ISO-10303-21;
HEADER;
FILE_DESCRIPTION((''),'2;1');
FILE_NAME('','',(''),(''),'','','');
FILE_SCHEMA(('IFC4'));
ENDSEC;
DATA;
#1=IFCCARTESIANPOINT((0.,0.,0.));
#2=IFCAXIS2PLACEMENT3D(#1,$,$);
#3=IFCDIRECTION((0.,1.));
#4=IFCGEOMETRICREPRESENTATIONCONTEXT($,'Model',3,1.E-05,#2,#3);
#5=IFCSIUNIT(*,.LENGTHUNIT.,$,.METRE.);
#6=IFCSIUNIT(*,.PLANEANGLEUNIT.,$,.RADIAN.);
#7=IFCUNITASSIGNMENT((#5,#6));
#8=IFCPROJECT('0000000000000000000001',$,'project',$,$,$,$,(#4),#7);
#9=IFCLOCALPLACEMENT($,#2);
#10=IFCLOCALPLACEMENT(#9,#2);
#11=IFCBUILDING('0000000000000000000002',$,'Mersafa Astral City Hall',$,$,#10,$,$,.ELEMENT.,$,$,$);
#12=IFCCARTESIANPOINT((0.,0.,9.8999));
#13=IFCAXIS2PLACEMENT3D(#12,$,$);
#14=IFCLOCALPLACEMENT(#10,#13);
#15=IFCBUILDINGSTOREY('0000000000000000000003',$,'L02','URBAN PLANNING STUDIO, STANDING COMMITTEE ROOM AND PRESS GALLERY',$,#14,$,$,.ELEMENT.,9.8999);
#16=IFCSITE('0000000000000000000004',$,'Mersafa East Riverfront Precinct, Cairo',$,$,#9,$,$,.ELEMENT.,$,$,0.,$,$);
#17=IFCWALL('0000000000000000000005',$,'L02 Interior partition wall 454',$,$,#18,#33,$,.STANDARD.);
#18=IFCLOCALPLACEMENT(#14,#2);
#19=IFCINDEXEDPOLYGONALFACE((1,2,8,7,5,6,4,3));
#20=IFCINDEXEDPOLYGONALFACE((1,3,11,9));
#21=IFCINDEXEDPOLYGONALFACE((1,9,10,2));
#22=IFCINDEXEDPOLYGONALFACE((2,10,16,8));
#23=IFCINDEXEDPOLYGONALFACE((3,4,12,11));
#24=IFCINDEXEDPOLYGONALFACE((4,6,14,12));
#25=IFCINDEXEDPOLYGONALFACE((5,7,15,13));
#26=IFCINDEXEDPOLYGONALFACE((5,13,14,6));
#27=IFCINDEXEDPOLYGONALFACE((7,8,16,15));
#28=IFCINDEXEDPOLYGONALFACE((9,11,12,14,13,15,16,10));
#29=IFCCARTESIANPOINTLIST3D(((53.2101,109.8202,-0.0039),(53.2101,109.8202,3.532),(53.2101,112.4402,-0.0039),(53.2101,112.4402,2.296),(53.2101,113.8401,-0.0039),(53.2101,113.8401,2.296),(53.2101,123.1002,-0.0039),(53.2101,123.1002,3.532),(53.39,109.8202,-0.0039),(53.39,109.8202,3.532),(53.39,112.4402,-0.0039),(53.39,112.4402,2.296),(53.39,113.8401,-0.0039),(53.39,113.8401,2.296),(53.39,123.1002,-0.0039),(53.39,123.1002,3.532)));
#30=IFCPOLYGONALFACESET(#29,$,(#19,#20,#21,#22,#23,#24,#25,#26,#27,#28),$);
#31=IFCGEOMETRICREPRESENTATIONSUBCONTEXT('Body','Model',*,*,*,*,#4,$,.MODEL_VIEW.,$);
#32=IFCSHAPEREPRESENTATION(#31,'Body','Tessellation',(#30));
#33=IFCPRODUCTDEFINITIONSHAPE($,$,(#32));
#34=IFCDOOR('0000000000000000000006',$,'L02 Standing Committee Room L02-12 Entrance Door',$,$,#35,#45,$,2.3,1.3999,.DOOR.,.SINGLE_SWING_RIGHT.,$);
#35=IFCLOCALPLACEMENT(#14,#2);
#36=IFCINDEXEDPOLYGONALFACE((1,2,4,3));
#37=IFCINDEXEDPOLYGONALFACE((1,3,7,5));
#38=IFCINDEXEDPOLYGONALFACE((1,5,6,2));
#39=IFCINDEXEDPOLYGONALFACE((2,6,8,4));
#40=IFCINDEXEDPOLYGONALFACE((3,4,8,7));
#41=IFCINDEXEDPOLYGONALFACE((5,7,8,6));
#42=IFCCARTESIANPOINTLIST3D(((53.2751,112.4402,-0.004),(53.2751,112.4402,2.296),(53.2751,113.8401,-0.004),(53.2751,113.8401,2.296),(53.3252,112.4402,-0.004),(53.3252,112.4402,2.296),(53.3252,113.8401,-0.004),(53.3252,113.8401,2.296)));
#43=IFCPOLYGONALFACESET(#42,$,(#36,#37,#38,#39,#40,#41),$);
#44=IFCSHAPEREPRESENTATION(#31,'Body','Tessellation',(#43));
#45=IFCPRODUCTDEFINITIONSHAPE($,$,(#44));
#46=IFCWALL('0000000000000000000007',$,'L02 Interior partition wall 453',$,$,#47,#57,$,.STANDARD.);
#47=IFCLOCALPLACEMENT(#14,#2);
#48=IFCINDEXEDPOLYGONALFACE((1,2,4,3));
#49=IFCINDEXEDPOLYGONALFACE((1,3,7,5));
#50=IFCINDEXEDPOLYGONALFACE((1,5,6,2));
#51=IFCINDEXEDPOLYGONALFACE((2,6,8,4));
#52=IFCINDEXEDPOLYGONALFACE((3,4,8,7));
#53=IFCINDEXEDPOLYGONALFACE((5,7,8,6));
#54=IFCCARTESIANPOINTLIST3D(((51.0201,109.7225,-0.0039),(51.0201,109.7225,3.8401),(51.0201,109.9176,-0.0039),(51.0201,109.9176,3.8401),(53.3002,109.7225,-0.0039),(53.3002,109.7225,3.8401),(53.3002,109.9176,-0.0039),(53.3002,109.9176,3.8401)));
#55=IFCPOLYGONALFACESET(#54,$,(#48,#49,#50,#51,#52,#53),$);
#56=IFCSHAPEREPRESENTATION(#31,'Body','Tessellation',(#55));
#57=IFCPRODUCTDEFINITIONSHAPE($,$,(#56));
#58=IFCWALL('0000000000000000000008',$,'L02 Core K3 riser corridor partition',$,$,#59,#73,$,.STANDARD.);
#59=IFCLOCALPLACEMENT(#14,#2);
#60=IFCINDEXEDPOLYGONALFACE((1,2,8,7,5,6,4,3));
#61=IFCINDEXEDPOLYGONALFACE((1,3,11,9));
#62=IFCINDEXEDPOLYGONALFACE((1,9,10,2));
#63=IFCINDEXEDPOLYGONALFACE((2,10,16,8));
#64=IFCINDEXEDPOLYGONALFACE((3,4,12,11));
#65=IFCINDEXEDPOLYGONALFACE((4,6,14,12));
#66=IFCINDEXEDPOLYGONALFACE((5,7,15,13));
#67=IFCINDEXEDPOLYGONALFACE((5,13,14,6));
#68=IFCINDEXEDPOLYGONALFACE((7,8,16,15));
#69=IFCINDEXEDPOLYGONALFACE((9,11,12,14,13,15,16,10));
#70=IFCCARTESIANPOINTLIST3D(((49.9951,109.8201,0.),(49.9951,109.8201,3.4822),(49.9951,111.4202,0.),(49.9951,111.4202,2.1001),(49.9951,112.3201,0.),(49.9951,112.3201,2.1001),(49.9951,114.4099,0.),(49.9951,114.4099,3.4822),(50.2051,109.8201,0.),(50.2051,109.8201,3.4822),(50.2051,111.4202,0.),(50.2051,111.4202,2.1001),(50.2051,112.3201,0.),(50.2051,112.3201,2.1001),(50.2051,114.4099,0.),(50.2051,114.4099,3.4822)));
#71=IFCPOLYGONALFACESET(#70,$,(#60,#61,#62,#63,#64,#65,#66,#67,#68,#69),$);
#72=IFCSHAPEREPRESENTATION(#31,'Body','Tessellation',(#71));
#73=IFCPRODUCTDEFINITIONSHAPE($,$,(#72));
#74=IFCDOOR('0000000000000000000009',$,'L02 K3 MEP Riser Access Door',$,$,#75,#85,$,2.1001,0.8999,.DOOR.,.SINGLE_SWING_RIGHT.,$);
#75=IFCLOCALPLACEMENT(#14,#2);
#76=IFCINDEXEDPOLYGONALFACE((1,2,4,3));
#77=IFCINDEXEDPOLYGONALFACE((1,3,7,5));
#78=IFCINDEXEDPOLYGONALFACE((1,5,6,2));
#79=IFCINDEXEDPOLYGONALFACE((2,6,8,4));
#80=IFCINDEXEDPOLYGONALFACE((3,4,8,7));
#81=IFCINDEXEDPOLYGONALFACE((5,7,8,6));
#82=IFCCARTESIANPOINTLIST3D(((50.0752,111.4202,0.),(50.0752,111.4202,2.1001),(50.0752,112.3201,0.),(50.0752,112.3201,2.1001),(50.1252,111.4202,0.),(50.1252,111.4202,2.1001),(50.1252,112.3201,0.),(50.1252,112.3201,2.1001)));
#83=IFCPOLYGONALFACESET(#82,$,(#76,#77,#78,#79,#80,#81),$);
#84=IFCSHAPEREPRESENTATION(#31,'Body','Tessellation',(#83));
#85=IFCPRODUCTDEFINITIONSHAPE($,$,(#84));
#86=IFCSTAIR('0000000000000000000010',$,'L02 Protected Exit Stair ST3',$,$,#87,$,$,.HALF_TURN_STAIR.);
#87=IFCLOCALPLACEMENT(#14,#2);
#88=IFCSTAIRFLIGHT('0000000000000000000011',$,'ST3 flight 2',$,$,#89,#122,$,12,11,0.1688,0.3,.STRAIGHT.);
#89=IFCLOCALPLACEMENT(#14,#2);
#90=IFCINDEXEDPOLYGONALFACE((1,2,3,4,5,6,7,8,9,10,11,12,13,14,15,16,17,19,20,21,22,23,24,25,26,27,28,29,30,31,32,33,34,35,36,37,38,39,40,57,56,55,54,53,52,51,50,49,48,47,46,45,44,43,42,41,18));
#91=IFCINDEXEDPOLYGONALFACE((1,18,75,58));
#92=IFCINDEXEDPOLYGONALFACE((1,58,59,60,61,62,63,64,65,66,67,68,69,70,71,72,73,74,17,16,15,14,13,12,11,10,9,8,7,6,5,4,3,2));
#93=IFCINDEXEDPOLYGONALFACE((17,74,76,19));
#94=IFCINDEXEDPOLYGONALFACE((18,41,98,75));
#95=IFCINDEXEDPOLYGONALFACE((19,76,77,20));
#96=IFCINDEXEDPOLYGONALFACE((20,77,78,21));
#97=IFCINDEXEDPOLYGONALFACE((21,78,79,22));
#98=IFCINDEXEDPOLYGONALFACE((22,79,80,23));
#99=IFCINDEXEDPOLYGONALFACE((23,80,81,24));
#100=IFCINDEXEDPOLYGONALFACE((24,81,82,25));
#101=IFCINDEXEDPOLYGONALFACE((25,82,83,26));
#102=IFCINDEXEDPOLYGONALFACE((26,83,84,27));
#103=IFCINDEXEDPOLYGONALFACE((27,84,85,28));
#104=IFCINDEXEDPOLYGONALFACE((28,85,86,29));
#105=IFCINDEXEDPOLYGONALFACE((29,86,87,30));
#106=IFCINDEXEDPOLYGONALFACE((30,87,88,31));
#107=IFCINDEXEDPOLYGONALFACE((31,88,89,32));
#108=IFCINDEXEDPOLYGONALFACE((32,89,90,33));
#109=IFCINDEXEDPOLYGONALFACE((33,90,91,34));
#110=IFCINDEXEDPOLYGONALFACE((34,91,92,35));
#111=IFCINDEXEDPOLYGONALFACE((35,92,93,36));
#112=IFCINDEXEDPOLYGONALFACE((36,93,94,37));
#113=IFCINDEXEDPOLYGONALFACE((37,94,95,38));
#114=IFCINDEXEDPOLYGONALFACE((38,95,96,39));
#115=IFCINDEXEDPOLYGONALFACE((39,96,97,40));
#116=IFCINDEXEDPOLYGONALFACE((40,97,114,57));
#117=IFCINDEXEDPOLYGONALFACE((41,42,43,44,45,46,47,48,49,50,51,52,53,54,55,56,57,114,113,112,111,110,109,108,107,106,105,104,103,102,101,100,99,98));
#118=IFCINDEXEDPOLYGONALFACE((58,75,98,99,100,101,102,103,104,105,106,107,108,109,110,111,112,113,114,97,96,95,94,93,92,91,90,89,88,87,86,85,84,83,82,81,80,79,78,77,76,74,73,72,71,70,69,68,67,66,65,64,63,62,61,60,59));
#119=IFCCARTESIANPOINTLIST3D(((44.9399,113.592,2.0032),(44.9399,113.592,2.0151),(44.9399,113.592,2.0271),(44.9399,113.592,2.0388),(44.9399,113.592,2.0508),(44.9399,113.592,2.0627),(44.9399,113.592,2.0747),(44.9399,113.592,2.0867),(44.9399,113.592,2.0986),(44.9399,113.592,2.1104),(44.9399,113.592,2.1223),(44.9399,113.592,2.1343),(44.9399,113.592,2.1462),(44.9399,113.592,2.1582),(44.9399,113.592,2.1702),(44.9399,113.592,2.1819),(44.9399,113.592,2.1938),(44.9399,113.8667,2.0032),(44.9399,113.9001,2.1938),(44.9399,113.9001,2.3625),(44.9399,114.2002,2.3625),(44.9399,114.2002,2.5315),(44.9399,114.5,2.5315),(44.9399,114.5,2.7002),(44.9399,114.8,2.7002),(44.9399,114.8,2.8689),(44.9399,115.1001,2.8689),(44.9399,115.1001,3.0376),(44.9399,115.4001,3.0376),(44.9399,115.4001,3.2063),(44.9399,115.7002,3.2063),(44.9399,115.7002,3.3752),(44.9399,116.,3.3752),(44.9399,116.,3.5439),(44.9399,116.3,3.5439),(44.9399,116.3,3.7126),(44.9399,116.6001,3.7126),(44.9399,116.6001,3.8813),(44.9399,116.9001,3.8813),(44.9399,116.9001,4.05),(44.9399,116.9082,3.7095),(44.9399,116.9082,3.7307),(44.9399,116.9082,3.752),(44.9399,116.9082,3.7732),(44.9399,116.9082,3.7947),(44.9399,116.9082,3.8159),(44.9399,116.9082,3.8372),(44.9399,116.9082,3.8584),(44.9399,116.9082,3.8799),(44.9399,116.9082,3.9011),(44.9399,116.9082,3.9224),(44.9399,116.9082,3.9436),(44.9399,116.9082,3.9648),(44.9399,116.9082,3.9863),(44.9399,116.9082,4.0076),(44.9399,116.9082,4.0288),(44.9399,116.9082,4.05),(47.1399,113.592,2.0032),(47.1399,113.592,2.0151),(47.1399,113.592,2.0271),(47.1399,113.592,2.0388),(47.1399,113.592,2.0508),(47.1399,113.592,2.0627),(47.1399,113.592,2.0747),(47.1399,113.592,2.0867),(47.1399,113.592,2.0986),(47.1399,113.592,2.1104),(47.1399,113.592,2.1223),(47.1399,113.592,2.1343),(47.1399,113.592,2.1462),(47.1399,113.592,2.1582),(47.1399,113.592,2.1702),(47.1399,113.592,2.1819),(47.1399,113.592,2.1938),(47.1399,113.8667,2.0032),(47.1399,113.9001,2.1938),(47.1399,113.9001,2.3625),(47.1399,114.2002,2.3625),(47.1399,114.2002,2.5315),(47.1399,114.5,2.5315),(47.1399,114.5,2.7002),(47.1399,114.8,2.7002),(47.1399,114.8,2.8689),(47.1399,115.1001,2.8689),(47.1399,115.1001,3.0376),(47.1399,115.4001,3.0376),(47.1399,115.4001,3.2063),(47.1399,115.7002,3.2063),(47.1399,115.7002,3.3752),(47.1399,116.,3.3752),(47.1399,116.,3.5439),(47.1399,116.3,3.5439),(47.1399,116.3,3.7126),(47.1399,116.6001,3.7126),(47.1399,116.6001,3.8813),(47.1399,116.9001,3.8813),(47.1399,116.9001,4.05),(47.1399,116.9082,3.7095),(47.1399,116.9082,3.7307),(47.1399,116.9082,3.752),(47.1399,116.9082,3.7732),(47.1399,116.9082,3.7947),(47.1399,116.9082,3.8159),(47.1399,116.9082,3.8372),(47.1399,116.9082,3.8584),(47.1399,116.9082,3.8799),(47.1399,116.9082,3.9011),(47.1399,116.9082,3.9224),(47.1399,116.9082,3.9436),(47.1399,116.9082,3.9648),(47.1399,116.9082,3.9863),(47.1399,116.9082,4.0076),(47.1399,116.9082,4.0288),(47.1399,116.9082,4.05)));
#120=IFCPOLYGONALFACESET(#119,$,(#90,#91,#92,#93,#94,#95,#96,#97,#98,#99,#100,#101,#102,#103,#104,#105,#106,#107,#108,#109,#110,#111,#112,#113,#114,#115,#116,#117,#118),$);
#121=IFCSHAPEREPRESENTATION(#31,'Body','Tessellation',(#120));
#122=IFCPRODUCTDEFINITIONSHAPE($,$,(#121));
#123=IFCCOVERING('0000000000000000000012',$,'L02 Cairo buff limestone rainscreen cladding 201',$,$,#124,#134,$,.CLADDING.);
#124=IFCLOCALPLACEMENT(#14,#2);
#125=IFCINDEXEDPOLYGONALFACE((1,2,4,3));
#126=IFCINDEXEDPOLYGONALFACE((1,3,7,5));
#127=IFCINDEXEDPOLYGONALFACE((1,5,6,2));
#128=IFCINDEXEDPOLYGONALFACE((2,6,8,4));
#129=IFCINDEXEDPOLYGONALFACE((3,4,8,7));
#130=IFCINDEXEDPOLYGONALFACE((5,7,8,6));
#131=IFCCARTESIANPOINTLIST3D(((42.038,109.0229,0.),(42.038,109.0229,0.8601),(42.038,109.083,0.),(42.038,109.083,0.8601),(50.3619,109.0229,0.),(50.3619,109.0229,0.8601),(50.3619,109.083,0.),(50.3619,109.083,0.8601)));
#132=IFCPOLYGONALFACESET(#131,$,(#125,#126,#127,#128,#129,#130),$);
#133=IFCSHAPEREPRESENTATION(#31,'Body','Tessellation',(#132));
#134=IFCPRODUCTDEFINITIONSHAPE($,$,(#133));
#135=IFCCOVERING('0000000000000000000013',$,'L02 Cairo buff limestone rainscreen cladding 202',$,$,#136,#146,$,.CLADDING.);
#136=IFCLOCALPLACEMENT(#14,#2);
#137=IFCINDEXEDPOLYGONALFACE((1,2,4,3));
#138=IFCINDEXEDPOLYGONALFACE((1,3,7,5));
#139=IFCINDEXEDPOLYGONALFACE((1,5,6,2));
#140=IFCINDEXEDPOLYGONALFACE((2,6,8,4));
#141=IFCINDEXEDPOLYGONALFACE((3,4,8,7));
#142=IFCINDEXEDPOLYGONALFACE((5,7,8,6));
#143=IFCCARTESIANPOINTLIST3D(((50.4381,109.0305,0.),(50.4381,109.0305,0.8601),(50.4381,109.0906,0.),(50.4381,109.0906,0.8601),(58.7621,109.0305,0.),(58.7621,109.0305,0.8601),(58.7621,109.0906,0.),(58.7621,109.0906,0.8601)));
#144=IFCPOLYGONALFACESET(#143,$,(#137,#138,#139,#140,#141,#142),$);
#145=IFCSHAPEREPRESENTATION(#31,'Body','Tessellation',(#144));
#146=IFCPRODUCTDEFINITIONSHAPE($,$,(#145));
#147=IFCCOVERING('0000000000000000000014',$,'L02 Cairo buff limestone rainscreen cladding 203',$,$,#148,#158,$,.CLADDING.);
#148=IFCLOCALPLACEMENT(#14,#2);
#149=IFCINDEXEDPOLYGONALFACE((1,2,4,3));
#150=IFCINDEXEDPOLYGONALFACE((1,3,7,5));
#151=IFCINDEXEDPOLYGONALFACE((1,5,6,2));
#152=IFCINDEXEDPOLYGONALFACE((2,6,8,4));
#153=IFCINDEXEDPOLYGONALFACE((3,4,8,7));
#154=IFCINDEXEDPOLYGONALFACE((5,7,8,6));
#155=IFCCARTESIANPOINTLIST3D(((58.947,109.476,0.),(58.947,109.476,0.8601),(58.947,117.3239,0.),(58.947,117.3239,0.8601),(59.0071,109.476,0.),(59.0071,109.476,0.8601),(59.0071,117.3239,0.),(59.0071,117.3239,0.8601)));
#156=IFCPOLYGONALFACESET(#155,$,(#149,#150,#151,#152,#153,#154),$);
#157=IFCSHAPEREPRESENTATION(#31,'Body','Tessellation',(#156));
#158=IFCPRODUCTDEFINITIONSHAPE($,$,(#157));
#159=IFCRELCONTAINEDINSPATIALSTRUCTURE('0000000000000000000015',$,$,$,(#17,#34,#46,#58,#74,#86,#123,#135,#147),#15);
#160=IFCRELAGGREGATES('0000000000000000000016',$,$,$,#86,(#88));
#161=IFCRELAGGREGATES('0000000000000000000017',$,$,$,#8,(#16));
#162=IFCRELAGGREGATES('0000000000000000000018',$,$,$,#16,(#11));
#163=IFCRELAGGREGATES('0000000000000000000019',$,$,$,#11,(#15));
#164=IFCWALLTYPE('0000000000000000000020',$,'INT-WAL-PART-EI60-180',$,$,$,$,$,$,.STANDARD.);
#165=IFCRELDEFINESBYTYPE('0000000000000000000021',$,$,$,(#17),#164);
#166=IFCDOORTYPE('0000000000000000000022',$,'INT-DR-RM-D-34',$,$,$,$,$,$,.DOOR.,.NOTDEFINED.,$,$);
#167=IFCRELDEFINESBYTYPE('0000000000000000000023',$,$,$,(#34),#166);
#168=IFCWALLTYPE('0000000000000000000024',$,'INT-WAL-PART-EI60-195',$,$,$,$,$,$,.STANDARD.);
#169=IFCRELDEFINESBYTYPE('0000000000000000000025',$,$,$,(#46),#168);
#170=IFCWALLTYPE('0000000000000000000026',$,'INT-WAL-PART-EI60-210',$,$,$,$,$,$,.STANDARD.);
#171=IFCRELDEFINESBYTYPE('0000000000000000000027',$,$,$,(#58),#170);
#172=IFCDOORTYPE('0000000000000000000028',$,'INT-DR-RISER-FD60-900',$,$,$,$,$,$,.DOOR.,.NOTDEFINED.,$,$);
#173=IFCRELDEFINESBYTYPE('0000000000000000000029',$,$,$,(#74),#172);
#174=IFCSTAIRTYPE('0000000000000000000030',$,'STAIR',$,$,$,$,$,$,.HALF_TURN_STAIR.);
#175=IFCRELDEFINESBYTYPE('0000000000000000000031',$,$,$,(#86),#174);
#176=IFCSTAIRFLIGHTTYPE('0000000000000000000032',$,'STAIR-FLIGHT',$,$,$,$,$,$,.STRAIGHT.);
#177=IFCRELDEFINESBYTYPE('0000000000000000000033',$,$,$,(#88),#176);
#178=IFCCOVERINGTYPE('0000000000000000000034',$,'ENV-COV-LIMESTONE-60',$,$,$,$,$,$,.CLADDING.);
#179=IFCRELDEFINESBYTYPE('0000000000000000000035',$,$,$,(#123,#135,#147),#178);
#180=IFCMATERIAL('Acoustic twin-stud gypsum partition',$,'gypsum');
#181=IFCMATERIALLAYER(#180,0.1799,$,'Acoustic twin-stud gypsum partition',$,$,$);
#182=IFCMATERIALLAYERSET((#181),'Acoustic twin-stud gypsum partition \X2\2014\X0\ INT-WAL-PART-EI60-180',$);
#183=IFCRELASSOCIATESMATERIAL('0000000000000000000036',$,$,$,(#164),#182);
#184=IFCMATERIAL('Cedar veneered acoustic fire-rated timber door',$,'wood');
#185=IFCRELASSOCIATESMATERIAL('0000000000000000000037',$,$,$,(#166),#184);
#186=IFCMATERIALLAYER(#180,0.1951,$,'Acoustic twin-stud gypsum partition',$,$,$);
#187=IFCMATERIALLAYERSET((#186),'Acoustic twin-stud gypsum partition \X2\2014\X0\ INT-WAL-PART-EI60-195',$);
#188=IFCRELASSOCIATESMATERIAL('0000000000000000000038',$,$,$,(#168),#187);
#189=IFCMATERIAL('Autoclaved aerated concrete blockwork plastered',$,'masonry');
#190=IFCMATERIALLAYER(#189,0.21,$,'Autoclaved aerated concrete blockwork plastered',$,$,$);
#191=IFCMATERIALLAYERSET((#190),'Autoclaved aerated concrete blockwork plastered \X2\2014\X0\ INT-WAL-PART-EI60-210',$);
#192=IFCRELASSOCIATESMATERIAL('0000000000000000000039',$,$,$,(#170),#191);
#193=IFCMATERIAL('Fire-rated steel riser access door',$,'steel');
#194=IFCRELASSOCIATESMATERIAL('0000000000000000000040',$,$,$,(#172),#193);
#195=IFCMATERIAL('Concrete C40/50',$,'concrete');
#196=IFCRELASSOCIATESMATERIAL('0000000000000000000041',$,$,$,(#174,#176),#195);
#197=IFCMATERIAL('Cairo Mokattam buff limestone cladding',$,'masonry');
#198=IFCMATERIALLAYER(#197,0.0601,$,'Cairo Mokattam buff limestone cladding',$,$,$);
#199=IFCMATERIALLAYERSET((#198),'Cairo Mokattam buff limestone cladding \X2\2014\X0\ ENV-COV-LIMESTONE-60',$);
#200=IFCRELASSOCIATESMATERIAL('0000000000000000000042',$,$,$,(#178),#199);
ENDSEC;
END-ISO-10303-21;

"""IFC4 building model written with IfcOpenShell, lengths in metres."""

from ifc_helpers import new_model, si_unit, direction, frame, frame_2d, origin, origin_2d, place, context, subcontext, project, spatial, polyline, rectangle, outline, extrude, material, layer, layer_set, type_object, element, fill, aggregate, save


model = new_model("IFC4")

# Units and contexts
model_context = context("Model", 3, precision=1e-05, world=origin(), true_north=direction((0.0, 1.0)))
body_context = subcontext(model_context, "Body", "Model", "MODEL_VIEW")
ifc_project = project(units=[si_unit("LENGTHUNIT", "METRE"), si_unit("PLANEANGLEUNIT", "RADIAN")], contexts=[model_context])

# Site, building, storey
site_placement = place(None, origin())
site = spatial("IfcSite", under=ifc_project, at=site_placement, Name="Mersafa East Riverfront Precinct, Cairo", CompositionType="ELEMENT", RefElevation=0.0)
building_placement = place(site_placement, origin())
building = spatial("IfcBuilding", under=site, at=building_placement, Name="Mersafa Astral City Hall", CompositionType="ELEMENT")
storey_placement = place(building_placement, frame((0.0, 0.0, 9.8999)))
storey = spatial("IfcBuildingStorey", under=building, at=storey_placement, Name="L02", Description="URBAN PLANNING STUDIO, STANDING COMMITTEE ROOM AND PRESS GALLERY", CompositionType="ELEMENT", Elevation=9.8999)

# Shared definitions
ifc_material_1 = material(Name="Concrete C40/50", Category="concrete")

# Wall, opening, door
ifc_material_2 = material(Name="Acoustic twin-stud gypsum partition", Category="gypsum")
ifc_layer_1 = layer(ifc_material_2, 0.1799, Name="Acoustic twin-stud gypsum partition")
ifc_layer_set_1 = layer_set([ifc_layer_1], Name="Acoustic twin-stud gypsum partition — INT-WAL-PART-EI60-180")
wall_type_1 = type_object("IfcWallType", Name="INT-WAL-PART-EI60-180", PredefinedType="STANDARD", material=ifc_layer_set_1)
wall_1_placement = place(storey_placement, frame((53.3, 109.8201, -0.0039), z_axis=(0.0, 0.0, 1.0), x_axis=(0.0, 1.0, 0.0)))
wall_1 = element("IfcWall", 1, at=wall_1_placement, inside=storey, type_object=wall_type_1, Name="L02 Interior partition wall 454", PredefinedType="STANDARD", context=body_context, shape_type="SweptSolid", body=[
    extrude(rectangle(XDim=13.28, YDim=0.1799, at=frame_2d((6.6401, 0.0))), origin(), (0.0, 0.0, 1.0), 3.5359),
])
opening_1_placement = place(wall_1_placement, frame((2.6201, 0.0, 0.0)))
opening_1 = element("IfcOpeningElement", 2, at=opening_1_placement, cuts=wall_1, PredefinedType="OPENING", context=body_context, shape_type="SweptSolid", body=[
    extrude(rectangle(XDim=1.3999, YDim=2.3, at=frame_2d((0.7, 1.1499))), frame((0.0, 0.0999, 0.0), z_axis=(0.0, -1.0, 0.0), x_axis=(1.0, 0.0, 0.0)), (0.0, 0.0, 1.0), 0.2),
])
ifc_material_3 = material(Name="Cedar veneered acoustic fire-rated timber door", Category="wood")
door_type_1 = type_object("IfcDoorType", Name="INT-DR-RM-D-34", OperationType="NOTDEFINED", PredefinedType="DOOR", material=ifc_material_3)
door_1_placement = place(opening_1_placement, origin())
door_1 = element("IfcDoor", 3, at=door_1_placement, inside=storey, type_object=door_type_1, Name="L02 Standing Committee Room L02-12 Entrance Door", OperationType="SINGLE_SWING_RIGHT", OverallHeight=2.3, OverallWidth=1.3999, PredefinedType="DOOR", context=body_context, shape_type="SweptSolid", body=[
    extrude(rectangle(XDim=1.3999, YDim=2.3, at=frame_2d((0.7, 1.1499))), frame((0.0, 0.0249, 0.0), z_axis=(0.0, -1.0, 0.0), x_axis=(1.0, 0.0, 0.0)), (0.0, 0.0, 1.0), 0.05),
])
fill(opening_1, door_1)

# Wall
ifc_layer_2 = layer(ifc_material_2, 0.1951, Name="Acoustic twin-stud gypsum partition")
ifc_layer_set_2 = layer_set([ifc_layer_2], Name="Acoustic twin-stud gypsum partition — INT-WAL-PART-EI60-195")
wall_type_2 = type_object("IfcWallType", Name="INT-WAL-PART-EI60-195", PredefinedType="STANDARD", material=ifc_layer_set_2)
wall_2_placement = place(storey_placement, frame((51.02, 109.8201, -0.0039), z_axis=(0.0, 0.0, 1.0), x_axis=(1.0, 0.0, 0.0)))
element("IfcWall", 4, at=wall_2_placement, inside=storey, type_object=wall_type_2, Name="L02 Interior partition wall 453", PredefinedType="STANDARD", context=body_context, shape_type="SweptSolid", body=[
    extrude(rectangle(XDim=2.28, YDim=0.1951, at=frame_2d((1.1401, 0.0))), origin(), (0.0, 0.0, 1.0), 3.844),
])

# Wall, opening, door
ifc_material_4 = material(Name="Autoclaved aerated concrete blockwork plastered", Category="masonry")
ifc_layer_3 = layer(ifc_material_4, 0.21, Name="Autoclaved aerated concrete blockwork plastered")
ifc_layer_set_3 = layer_set([ifc_layer_3], Name="Autoclaved aerated concrete blockwork plastered — INT-WAL-PART-EI60-210")
wall_type_3 = type_object("IfcWallType", Name="INT-WAL-PART-EI60-210", PredefinedType="STANDARD", material=ifc_layer_set_3)
wall_3_placement = place(storey_placement, frame((50.1001, 109.8201, 0.0), z_axis=(0.0, 0.0, 1.0), x_axis=(0.0, 1.0, 0.0)))
wall_3 = element("IfcWall", 5, at=wall_3_placement, inside=storey, type_object=wall_type_3, Name="L02 Core K3 riser corridor partition", PredefinedType="STANDARD", context=body_context, shape_type="SweptSolid", body=[
    extrude(rectangle(XDim=4.5898, YDim=0.21, at=frame_2d((2.2949, 0.0))), origin(), (0.0, 0.0, 1.0), 3.4822),
])
opening_2_placement = place(wall_3_placement, frame((1.6001, 0.0, 0.0)))
opening_2 = element("IfcOpeningElement", 6, at=opening_2_placement, cuts=wall_3, PredefinedType="OPENING", context=body_context, shape_type="SweptSolid", body=[
    extrude(rectangle(XDim=0.8999, YDim=2.1001, at=frame_2d((0.45, 1.05))), frame((0.0, 0.115, 0.0), z_axis=(0.0, -1.0, 0.0), x_axis=(1.0, 0.0, 0.0)), (0.0, 0.0, 1.0), 0.23),
])
ifc_material_5 = material(Name="Fire-rated steel riser access door", Category="steel")
door_type_2 = type_object("IfcDoorType", Name="INT-DR-RISER-FD60-900", OperationType="NOTDEFINED", PredefinedType="DOOR", material=ifc_material_5)
door_2_placement = place(opening_2_placement, origin())
door_2 = element("IfcDoor", 7, at=door_2_placement, inside=storey, type_object=door_type_2, Name="L02 K3 MEP Riser Access Door", OperationType="SINGLE_SWING_RIGHT", OverallHeight=2.1001, OverallWidth=0.8999, PredefinedType="DOOR", context=body_context, shape_type="SweptSolid", body=[
    extrude(rectangle(XDim=0.8999, YDim=2.1001, at=frame_2d((0.45, 1.05))), frame((0.0, 0.0249, 0.0), z_axis=(0.0, -1.0, 0.0), x_axis=(1.0, 0.0, 0.0)), (0.0, 0.0, 1.0), 0.05),
])
fill(opening_2, door_2)

# Stair, stair flight
stair_type = type_object("IfcStairType", Name="STAIR", PredefinedType="HALF_TURN_STAIR", material=ifc_material_1)
stair_placement = place(storey_placement, origin())
stair = element("IfcStair", 8, at=stair_placement, inside=storey, type_object=stair_type, Name="L02 Protected Exit Stair ST3", PredefinedType="HALF_TURN_STAIR")
stair_flight_type = type_object("IfcStairFlightType", Name="STAIR-FLIGHT", PredefinedType="STRAIGHT", material=ifc_material_1)
stair_flight_placement = place(storey_placement, frame((46.04, 113.6001, 2.0251), z_axis=(0.0, 0.0, 1.0), x_axis=(0.0, 1.0, 0.0)))
stair_flight = element("IfcStairFlight", 9, at=stair_flight_placement, type_object=stair_flight_type, Name="ST3 flight 2", NumberOfRisers=12, NumberOfTreads=11, PredefinedType="STRAIGHT", RiserHeight=0.1688, TreadLength=0.3, context=body_context, shape_type="SweptSolid", body=[
    extrude(outline(polyline([(-0.0081, -0.022), (-0.0081, -0.01), (-0.0081, 0.002), (-0.0081, 0.0137), (-0.0081, 0.0256), (-0.0081, 0.0376), (-0.0081, 0.0496), (-0.0081, 0.0615), (-0.0081, 0.0735), (-0.0081, 0.0852), (-0.0081, 0.0972), (-0.0081, 0.1091), (-0.0081, 0.1211), (-0.0081, 0.1331), (-0.0081, 0.145), (-0.0081, 0.1567), (-0.0081, 0.1687), (0.3, 0.1687), (0.3, 0.3374), (0.6001, 0.3374), (0.6001, 0.5063), (0.8999, 0.5063), (0.8999, 0.675), (1.2, 0.675), (1.2, 0.8438), (1.5, 0.8438), (1.5, 1.0125), (1.8, 1.0125), (1.8, 1.1812), (2.1001, 1.1812), (2.1001, 1.3501), (2.3999, 1.3501), (2.3999, 1.5188), (2.7, 1.5188), (2.7, 1.6875), (3.0, 1.6875), (3.0, 1.8562), (3.3, 1.8562), (3.3, 2.0249), (3.3081, 2.0249), (3.3081, 2.0037), (3.3081, 1.9824), (3.3081, 1.9612), (3.3081, 1.9397), (3.3081, 1.9185), (3.3081, 1.8972), (3.3081, 1.876), (3.3081, 1.8547), (3.3081, 1.8333), (3.3081, 1.812), (3.3081, 1.7908), (3.3081, 1.7695), (3.3081, 1.748), (3.3081, 1.7268), (3.3081, 1.7056), (3.3081, 1.6843), (0.2666, -0.022), (-0.0081, -0.022)])), frame((0.0, 1.1001, 0.0), z_axis=(0.0, -1.0, 0.0), x_axis=(1.0, 0.0, 0.0)), (0.0, 0.0, 1.0), 2.2),
])
aggregate(stair, [stair_flight])

# Coverings
ifc_material_6 = material(Name="Cairo Mokattam buff limestone cladding", Category="masonry")
ifc_layer_4 = layer(ifc_material_6, 0.0601, Name="Cairo Mokattam buff limestone cladding")
ifc_layer_set_4 = layer_set([ifc_layer_4], Name="Cairo Mokattam buff limestone cladding — ENV-COV-LIMESTONE-60")
covering_type = type_object("IfcCoveringType", Name="ENV-COV-LIMESTONE-60", PredefinedType="CLADDING", material=ifc_layer_set_4)
for number, where, z_axis, x_axis, name in (
    (10, (46.2, 109.053, 0.0), (0.0, 0.0, 1.0), (1.0, 0.0, 0.0), "L02 Cairo buff limestone rainscreen cladding 201"),
    (11, (54.6001, 109.0605, 0.0), (0.0, 0.0, 1.0), (1.0, 0.0, 0.0), "L02 Cairo buff limestone rainscreen cladding 202"),
):
    element("IfcCovering", number, at=place(storey_placement, frame(where, z_axis=z_axis, x_axis=x_axis)), inside=storey, type_object=covering_type, Name=name, PredefinedType="CLADDING", context=body_context, shape_type="SweptSolid", body=[
        extrude(rectangle(XDim=8.324, YDim=0.0601, at=origin_2d()), origin(), (0.0, 0.0, 1.0), 0.8601),
    ])
covering_placement = place(storey_placement, frame((58.9771, 113.3999, 0.0), z_axis=(0.0, 0.0, 1.0), x_axis=(0.0, 1.0, 0.0)))
element("IfcCovering", 12, at=covering_placement, inside=storey, type_object=covering_type, Name="L02 Cairo buff limestone rainscreen cladding 203", PredefinedType="CLADDING", context=body_context, shape_type="SweptSolid", body=[
    extrude(rectangle(XDim=7.8479, YDim=0.0601, at=origin_2d()), origin(), (0.0, 0.0, 1.0), 0.8601),
])

save(model, "model.ifc")
